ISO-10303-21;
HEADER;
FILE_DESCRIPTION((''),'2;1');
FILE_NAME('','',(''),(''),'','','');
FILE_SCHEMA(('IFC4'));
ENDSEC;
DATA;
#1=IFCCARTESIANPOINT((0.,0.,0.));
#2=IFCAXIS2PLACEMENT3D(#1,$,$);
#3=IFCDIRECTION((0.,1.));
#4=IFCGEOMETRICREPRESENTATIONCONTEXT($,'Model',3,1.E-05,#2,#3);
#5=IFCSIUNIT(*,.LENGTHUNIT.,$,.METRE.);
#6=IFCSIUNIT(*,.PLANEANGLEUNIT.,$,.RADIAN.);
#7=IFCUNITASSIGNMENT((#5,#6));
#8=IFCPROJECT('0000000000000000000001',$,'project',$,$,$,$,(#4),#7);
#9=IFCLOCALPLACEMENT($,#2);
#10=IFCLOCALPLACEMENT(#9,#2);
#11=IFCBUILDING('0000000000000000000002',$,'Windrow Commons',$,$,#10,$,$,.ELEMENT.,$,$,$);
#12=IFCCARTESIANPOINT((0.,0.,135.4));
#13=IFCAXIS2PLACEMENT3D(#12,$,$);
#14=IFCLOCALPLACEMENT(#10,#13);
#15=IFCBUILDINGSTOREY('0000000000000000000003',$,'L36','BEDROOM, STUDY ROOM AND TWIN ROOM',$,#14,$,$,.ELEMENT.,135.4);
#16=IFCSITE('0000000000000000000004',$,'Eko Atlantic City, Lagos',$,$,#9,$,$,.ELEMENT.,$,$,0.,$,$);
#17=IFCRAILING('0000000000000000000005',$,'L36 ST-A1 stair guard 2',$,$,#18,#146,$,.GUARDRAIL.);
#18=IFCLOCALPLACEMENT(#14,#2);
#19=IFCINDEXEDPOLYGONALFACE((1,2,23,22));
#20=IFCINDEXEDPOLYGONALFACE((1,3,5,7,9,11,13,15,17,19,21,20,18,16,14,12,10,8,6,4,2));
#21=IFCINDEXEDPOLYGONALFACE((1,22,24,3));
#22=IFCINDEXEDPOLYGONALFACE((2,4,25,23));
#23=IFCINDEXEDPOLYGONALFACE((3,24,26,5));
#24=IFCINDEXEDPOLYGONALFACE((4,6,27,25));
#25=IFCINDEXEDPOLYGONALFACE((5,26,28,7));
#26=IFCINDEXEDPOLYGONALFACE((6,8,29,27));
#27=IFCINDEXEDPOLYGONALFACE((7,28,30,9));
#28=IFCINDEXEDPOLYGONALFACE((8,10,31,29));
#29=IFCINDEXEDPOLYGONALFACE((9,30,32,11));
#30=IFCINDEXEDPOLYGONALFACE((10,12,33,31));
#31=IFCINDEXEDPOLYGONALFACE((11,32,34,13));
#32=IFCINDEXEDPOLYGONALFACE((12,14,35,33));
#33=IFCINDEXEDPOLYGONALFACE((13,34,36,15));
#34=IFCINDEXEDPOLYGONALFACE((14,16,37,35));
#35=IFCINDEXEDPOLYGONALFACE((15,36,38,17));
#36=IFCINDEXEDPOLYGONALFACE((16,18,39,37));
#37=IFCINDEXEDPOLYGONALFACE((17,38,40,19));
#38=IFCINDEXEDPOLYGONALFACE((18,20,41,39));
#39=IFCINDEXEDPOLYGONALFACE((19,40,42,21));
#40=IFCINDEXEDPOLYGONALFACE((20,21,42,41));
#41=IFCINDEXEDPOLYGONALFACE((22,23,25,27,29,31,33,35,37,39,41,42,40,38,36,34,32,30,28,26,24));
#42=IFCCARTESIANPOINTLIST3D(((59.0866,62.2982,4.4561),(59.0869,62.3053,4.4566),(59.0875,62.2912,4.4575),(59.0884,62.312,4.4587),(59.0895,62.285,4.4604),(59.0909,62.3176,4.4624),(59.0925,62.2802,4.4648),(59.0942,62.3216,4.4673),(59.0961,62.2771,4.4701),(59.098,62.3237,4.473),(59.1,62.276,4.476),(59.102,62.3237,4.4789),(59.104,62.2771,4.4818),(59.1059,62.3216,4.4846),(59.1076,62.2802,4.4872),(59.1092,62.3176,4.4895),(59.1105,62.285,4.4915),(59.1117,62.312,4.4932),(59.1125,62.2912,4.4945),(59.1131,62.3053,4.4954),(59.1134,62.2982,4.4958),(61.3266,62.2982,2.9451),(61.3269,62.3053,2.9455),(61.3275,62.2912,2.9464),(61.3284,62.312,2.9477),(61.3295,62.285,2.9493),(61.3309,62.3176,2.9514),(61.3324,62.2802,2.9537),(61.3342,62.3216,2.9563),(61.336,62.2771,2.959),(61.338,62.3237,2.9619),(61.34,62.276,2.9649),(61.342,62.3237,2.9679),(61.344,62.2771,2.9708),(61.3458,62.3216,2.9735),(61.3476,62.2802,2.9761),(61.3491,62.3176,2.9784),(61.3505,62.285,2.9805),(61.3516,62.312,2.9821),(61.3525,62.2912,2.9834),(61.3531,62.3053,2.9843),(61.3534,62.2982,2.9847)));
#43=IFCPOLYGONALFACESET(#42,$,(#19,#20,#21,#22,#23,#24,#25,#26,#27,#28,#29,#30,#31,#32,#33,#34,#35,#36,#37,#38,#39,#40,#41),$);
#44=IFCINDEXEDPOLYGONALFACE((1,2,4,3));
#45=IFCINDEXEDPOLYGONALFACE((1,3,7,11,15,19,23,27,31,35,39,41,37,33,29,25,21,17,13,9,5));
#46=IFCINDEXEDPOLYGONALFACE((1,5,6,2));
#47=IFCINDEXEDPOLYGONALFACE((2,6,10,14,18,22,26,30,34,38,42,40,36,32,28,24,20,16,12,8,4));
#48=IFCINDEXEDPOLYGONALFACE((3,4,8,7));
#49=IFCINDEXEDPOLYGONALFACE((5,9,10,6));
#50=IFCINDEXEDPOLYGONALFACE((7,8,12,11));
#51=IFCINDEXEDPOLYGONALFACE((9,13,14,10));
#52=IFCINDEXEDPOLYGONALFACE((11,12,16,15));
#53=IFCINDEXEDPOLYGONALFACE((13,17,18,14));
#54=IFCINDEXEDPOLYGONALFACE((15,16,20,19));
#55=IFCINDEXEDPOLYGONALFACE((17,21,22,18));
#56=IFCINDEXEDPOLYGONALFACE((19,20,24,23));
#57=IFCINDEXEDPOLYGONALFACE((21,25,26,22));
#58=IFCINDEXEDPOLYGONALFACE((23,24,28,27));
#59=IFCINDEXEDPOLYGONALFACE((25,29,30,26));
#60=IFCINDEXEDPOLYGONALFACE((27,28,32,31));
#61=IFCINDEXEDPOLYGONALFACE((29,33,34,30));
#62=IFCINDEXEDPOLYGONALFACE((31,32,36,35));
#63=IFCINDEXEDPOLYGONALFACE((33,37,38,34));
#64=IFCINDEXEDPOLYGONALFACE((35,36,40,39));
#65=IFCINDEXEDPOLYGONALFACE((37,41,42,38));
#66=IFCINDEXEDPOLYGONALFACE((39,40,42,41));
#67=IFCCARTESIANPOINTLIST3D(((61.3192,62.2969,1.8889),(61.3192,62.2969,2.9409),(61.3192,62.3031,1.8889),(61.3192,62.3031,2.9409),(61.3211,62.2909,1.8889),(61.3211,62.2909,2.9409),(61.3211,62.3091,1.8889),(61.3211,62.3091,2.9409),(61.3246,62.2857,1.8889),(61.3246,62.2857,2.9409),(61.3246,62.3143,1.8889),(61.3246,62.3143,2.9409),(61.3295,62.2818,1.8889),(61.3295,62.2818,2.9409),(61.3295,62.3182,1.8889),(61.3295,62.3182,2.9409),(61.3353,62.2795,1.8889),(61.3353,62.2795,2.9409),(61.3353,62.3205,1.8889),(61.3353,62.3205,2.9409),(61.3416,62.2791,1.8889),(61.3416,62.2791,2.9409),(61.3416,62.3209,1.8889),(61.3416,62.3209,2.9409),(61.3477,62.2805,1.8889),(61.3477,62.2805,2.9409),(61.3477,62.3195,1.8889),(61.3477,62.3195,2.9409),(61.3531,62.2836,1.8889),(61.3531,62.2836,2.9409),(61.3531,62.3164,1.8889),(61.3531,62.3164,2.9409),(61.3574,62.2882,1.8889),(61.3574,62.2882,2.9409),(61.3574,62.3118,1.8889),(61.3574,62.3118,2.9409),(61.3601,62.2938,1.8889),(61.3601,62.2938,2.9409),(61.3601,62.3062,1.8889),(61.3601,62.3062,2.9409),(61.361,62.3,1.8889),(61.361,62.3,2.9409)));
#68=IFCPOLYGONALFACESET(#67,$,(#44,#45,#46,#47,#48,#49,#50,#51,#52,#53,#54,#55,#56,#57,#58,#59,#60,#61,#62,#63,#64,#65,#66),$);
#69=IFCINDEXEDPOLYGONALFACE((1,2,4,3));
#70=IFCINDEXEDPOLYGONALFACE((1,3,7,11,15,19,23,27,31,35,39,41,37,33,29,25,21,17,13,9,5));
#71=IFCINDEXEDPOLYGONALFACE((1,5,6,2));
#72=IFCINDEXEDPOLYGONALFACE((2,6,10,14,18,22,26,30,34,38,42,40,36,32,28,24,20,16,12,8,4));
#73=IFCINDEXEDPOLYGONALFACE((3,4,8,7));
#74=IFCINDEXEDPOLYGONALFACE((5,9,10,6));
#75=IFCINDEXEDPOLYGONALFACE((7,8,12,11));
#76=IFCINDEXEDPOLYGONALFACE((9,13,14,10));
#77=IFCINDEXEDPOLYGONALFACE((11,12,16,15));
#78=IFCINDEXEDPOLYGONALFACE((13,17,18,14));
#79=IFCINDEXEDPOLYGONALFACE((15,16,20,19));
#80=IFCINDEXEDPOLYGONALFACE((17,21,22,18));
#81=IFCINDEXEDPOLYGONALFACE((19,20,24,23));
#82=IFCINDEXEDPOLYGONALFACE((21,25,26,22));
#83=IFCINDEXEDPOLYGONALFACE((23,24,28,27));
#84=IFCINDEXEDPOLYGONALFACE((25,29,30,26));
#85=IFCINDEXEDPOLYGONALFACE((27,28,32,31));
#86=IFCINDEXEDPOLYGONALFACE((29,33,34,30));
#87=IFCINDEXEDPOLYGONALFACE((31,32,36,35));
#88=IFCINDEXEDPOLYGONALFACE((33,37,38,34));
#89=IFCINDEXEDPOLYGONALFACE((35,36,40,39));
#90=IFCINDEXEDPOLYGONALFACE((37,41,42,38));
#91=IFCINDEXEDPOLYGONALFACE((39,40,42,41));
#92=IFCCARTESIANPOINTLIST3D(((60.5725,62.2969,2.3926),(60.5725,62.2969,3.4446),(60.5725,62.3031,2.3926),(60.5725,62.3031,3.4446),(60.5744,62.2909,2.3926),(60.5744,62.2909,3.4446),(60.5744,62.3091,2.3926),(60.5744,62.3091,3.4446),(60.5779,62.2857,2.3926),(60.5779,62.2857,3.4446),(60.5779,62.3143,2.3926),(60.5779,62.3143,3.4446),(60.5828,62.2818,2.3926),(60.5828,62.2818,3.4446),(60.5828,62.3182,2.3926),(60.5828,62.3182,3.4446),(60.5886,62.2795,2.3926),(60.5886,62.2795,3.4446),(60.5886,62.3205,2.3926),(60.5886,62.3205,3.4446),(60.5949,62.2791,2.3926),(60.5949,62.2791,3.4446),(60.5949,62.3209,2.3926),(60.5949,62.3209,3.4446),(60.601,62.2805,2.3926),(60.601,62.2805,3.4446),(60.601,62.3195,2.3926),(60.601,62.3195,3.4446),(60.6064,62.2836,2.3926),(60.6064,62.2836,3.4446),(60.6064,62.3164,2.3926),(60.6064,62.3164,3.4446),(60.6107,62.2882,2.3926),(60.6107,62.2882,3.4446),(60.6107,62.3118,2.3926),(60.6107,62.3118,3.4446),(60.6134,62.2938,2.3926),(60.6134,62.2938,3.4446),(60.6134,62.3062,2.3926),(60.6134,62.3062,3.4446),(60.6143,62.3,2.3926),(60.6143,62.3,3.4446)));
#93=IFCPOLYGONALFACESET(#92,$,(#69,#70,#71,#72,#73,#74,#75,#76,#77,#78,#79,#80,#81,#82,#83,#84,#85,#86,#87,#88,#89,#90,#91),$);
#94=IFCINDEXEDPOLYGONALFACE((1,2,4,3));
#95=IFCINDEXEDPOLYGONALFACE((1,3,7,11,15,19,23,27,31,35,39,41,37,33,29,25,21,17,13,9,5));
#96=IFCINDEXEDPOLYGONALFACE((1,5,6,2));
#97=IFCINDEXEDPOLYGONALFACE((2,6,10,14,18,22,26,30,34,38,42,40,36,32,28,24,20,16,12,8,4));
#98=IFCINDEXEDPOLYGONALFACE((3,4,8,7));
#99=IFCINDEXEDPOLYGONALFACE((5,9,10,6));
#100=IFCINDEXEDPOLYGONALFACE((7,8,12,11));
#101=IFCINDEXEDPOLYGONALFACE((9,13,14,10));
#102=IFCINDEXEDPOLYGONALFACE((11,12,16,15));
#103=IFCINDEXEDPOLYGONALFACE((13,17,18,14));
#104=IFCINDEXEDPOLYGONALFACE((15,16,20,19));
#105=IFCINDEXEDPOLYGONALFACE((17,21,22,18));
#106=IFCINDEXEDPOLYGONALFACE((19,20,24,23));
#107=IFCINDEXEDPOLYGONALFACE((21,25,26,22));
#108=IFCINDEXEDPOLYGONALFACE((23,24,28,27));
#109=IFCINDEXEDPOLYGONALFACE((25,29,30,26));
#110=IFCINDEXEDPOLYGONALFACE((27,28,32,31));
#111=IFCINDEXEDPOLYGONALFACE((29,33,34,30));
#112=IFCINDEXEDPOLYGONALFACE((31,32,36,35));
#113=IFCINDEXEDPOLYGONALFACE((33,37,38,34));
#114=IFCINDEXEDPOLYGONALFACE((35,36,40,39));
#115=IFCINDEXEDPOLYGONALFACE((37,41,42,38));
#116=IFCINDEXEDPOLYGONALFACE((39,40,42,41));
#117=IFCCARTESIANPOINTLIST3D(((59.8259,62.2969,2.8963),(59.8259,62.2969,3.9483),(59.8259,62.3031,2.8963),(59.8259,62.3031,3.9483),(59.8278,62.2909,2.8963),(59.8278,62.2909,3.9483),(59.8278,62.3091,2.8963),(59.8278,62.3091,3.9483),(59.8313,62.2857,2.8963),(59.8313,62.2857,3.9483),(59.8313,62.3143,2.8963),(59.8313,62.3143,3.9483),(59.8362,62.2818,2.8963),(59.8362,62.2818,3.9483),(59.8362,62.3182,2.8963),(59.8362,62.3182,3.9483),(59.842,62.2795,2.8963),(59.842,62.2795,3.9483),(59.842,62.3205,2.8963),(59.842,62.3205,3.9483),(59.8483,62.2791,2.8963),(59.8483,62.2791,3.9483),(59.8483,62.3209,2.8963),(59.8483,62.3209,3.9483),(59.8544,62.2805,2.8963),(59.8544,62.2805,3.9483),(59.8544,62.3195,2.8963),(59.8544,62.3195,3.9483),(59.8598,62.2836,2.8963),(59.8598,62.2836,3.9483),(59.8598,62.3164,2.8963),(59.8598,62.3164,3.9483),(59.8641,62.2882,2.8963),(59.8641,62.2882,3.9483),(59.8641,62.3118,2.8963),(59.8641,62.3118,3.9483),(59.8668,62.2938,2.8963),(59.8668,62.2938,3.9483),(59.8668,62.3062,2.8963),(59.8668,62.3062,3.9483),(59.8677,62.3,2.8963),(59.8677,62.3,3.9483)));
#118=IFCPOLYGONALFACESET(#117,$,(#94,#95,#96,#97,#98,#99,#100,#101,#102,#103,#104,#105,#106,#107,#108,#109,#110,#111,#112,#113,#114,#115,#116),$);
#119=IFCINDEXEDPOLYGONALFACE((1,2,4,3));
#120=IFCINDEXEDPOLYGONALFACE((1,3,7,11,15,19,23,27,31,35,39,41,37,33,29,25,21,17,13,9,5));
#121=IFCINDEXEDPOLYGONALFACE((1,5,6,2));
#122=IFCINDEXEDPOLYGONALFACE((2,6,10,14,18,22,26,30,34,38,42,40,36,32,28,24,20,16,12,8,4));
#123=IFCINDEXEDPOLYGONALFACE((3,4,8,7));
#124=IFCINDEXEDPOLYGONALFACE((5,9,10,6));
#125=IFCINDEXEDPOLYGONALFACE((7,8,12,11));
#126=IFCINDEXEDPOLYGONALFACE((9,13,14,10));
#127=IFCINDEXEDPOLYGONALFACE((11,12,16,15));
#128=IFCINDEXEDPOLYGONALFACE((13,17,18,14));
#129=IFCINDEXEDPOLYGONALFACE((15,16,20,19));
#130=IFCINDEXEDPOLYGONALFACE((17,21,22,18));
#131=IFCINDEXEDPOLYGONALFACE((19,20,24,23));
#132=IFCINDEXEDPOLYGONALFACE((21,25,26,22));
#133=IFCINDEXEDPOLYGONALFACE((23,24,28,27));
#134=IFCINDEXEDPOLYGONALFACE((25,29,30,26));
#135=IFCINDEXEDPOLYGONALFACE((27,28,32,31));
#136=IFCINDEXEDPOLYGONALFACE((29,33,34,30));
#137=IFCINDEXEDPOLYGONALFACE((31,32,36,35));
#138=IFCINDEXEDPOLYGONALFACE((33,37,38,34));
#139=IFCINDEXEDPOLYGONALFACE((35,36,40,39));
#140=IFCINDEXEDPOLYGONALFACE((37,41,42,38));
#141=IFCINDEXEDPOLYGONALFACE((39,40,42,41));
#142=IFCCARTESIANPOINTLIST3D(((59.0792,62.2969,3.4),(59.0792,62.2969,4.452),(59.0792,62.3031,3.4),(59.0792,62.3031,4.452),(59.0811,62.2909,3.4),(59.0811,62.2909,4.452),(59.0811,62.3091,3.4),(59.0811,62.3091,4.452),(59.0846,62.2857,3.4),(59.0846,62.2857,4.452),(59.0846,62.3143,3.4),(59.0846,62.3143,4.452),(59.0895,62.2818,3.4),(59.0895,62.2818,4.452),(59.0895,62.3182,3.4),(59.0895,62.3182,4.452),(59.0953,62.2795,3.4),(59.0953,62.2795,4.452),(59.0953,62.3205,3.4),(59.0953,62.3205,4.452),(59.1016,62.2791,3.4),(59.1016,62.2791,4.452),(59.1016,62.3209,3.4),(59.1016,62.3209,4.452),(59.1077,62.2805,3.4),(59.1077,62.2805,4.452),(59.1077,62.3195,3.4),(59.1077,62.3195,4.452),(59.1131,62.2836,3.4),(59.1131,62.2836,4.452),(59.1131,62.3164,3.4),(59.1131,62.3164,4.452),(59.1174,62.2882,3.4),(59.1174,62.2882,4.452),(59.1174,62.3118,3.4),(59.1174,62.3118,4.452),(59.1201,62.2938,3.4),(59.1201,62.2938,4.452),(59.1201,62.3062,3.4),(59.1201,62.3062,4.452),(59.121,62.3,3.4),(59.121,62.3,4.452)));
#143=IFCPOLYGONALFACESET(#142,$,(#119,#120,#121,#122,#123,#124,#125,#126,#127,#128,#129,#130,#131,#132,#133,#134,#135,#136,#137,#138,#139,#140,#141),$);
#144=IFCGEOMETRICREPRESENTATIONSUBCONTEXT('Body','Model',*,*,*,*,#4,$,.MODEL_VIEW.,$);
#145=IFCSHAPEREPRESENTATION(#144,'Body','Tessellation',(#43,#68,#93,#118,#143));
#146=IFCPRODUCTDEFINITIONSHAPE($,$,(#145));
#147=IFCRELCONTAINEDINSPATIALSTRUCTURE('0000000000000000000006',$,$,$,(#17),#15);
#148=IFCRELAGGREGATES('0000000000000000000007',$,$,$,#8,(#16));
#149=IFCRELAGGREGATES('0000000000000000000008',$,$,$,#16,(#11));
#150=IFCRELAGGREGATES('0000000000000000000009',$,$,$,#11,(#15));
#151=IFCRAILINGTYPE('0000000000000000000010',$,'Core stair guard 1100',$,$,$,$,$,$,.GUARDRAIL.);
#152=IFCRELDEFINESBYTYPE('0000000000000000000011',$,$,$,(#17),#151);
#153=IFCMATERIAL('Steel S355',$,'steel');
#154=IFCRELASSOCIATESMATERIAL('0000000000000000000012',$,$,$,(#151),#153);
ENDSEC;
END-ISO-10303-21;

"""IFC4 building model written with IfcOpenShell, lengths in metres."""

from ifc_helpers import new_model, si_unit, direction, frame, origin, origin_2d, place, context, subcontext, project, spatial, circle, extrude, material, type_object, element, save


model = new_model("IFC4")

# Units and contexts
model_context = context("Model", 3, precision=1e-05, world=origin(), true_north=direction((0.0, 1.0)))
body_context = subcontext(model_context, "Body", "Model", "MODEL_VIEW")
ifc_project = project(units=[si_unit("LENGTHUNIT", "METRE"), si_unit("PLANEANGLEUNIT", "RADIAN")], contexts=[model_context])

# Site, building, storey
site_placement = place(None, origin())
site = spatial("IfcSite", under=ifc_project, at=site_placement, Name="Eko Atlantic City, Lagos", CompositionType="ELEMENT", RefElevation=0.0)
building_placement = place(site_placement, origin())
building = spatial("IfcBuilding", under=site, at=building_placement, Name="Windrow Commons", CompositionType="ELEMENT")
storey_placement = place(building_placement, frame((0.0, 0.0, 135.4)))
storey = spatial("IfcBuildingStorey", under=building, at=storey_placement, Name="L36", Description="BEDROOM, STUDY ROOM AND TWIN ROOM", CompositionType="ELEMENT", Elevation=135.4)

# Railing
ifc_material_1 = material(Name="Steel S355", Category="steel")
railing_type_1 = type_object("IfcRailingType", Name="Core stair guard 1100", PredefinedType="GUARDRAIL", material=ifc_material_1)
railing_1_placement = place(storey_placement, frame((61.34, 62.3, 1.8889)))
element("IfcRailing", 1, at=railing_1_placement, inside=storey, type_object=railing_type_1, Name="L36 ST-A1 stair guard 2", PredefinedType="GUARDRAIL", context=body_context, shape_type="SweptSolid", body=[
    extrude(circle(Radius=0.024, at=origin_2d()), frame((0.0, 0.0, 1.076), z_axis=(-0.829003, 0.0, 0.559244), x_axis=(0.0, -1.0, 0.0)), (0.0, 0.0, 1.0), 2.702),
    extrude(circle(Radius=0.021, at=origin_2d()), origin(), (0.0, 0.0, 1.0), 1.052),
    extrude(circle(Radius=0.021, at=origin_2d()), frame((-0.7467, 0.0, 0.5037)), (0.0, 0.0, 1.0), 1.052),
    extrude(circle(Radius=0.021, at=origin_2d()), frame((-1.4933, 0.0, 1.0074)), (0.0, 0.0, 1.0), 1.052),
    extrude(circle(Radius=0.021, at=origin_2d()), frame((-2.24, 0.0, 1.5111)), (0.0, 0.0, 1.0), 1.052),
])

save(model, "model.ifc")
